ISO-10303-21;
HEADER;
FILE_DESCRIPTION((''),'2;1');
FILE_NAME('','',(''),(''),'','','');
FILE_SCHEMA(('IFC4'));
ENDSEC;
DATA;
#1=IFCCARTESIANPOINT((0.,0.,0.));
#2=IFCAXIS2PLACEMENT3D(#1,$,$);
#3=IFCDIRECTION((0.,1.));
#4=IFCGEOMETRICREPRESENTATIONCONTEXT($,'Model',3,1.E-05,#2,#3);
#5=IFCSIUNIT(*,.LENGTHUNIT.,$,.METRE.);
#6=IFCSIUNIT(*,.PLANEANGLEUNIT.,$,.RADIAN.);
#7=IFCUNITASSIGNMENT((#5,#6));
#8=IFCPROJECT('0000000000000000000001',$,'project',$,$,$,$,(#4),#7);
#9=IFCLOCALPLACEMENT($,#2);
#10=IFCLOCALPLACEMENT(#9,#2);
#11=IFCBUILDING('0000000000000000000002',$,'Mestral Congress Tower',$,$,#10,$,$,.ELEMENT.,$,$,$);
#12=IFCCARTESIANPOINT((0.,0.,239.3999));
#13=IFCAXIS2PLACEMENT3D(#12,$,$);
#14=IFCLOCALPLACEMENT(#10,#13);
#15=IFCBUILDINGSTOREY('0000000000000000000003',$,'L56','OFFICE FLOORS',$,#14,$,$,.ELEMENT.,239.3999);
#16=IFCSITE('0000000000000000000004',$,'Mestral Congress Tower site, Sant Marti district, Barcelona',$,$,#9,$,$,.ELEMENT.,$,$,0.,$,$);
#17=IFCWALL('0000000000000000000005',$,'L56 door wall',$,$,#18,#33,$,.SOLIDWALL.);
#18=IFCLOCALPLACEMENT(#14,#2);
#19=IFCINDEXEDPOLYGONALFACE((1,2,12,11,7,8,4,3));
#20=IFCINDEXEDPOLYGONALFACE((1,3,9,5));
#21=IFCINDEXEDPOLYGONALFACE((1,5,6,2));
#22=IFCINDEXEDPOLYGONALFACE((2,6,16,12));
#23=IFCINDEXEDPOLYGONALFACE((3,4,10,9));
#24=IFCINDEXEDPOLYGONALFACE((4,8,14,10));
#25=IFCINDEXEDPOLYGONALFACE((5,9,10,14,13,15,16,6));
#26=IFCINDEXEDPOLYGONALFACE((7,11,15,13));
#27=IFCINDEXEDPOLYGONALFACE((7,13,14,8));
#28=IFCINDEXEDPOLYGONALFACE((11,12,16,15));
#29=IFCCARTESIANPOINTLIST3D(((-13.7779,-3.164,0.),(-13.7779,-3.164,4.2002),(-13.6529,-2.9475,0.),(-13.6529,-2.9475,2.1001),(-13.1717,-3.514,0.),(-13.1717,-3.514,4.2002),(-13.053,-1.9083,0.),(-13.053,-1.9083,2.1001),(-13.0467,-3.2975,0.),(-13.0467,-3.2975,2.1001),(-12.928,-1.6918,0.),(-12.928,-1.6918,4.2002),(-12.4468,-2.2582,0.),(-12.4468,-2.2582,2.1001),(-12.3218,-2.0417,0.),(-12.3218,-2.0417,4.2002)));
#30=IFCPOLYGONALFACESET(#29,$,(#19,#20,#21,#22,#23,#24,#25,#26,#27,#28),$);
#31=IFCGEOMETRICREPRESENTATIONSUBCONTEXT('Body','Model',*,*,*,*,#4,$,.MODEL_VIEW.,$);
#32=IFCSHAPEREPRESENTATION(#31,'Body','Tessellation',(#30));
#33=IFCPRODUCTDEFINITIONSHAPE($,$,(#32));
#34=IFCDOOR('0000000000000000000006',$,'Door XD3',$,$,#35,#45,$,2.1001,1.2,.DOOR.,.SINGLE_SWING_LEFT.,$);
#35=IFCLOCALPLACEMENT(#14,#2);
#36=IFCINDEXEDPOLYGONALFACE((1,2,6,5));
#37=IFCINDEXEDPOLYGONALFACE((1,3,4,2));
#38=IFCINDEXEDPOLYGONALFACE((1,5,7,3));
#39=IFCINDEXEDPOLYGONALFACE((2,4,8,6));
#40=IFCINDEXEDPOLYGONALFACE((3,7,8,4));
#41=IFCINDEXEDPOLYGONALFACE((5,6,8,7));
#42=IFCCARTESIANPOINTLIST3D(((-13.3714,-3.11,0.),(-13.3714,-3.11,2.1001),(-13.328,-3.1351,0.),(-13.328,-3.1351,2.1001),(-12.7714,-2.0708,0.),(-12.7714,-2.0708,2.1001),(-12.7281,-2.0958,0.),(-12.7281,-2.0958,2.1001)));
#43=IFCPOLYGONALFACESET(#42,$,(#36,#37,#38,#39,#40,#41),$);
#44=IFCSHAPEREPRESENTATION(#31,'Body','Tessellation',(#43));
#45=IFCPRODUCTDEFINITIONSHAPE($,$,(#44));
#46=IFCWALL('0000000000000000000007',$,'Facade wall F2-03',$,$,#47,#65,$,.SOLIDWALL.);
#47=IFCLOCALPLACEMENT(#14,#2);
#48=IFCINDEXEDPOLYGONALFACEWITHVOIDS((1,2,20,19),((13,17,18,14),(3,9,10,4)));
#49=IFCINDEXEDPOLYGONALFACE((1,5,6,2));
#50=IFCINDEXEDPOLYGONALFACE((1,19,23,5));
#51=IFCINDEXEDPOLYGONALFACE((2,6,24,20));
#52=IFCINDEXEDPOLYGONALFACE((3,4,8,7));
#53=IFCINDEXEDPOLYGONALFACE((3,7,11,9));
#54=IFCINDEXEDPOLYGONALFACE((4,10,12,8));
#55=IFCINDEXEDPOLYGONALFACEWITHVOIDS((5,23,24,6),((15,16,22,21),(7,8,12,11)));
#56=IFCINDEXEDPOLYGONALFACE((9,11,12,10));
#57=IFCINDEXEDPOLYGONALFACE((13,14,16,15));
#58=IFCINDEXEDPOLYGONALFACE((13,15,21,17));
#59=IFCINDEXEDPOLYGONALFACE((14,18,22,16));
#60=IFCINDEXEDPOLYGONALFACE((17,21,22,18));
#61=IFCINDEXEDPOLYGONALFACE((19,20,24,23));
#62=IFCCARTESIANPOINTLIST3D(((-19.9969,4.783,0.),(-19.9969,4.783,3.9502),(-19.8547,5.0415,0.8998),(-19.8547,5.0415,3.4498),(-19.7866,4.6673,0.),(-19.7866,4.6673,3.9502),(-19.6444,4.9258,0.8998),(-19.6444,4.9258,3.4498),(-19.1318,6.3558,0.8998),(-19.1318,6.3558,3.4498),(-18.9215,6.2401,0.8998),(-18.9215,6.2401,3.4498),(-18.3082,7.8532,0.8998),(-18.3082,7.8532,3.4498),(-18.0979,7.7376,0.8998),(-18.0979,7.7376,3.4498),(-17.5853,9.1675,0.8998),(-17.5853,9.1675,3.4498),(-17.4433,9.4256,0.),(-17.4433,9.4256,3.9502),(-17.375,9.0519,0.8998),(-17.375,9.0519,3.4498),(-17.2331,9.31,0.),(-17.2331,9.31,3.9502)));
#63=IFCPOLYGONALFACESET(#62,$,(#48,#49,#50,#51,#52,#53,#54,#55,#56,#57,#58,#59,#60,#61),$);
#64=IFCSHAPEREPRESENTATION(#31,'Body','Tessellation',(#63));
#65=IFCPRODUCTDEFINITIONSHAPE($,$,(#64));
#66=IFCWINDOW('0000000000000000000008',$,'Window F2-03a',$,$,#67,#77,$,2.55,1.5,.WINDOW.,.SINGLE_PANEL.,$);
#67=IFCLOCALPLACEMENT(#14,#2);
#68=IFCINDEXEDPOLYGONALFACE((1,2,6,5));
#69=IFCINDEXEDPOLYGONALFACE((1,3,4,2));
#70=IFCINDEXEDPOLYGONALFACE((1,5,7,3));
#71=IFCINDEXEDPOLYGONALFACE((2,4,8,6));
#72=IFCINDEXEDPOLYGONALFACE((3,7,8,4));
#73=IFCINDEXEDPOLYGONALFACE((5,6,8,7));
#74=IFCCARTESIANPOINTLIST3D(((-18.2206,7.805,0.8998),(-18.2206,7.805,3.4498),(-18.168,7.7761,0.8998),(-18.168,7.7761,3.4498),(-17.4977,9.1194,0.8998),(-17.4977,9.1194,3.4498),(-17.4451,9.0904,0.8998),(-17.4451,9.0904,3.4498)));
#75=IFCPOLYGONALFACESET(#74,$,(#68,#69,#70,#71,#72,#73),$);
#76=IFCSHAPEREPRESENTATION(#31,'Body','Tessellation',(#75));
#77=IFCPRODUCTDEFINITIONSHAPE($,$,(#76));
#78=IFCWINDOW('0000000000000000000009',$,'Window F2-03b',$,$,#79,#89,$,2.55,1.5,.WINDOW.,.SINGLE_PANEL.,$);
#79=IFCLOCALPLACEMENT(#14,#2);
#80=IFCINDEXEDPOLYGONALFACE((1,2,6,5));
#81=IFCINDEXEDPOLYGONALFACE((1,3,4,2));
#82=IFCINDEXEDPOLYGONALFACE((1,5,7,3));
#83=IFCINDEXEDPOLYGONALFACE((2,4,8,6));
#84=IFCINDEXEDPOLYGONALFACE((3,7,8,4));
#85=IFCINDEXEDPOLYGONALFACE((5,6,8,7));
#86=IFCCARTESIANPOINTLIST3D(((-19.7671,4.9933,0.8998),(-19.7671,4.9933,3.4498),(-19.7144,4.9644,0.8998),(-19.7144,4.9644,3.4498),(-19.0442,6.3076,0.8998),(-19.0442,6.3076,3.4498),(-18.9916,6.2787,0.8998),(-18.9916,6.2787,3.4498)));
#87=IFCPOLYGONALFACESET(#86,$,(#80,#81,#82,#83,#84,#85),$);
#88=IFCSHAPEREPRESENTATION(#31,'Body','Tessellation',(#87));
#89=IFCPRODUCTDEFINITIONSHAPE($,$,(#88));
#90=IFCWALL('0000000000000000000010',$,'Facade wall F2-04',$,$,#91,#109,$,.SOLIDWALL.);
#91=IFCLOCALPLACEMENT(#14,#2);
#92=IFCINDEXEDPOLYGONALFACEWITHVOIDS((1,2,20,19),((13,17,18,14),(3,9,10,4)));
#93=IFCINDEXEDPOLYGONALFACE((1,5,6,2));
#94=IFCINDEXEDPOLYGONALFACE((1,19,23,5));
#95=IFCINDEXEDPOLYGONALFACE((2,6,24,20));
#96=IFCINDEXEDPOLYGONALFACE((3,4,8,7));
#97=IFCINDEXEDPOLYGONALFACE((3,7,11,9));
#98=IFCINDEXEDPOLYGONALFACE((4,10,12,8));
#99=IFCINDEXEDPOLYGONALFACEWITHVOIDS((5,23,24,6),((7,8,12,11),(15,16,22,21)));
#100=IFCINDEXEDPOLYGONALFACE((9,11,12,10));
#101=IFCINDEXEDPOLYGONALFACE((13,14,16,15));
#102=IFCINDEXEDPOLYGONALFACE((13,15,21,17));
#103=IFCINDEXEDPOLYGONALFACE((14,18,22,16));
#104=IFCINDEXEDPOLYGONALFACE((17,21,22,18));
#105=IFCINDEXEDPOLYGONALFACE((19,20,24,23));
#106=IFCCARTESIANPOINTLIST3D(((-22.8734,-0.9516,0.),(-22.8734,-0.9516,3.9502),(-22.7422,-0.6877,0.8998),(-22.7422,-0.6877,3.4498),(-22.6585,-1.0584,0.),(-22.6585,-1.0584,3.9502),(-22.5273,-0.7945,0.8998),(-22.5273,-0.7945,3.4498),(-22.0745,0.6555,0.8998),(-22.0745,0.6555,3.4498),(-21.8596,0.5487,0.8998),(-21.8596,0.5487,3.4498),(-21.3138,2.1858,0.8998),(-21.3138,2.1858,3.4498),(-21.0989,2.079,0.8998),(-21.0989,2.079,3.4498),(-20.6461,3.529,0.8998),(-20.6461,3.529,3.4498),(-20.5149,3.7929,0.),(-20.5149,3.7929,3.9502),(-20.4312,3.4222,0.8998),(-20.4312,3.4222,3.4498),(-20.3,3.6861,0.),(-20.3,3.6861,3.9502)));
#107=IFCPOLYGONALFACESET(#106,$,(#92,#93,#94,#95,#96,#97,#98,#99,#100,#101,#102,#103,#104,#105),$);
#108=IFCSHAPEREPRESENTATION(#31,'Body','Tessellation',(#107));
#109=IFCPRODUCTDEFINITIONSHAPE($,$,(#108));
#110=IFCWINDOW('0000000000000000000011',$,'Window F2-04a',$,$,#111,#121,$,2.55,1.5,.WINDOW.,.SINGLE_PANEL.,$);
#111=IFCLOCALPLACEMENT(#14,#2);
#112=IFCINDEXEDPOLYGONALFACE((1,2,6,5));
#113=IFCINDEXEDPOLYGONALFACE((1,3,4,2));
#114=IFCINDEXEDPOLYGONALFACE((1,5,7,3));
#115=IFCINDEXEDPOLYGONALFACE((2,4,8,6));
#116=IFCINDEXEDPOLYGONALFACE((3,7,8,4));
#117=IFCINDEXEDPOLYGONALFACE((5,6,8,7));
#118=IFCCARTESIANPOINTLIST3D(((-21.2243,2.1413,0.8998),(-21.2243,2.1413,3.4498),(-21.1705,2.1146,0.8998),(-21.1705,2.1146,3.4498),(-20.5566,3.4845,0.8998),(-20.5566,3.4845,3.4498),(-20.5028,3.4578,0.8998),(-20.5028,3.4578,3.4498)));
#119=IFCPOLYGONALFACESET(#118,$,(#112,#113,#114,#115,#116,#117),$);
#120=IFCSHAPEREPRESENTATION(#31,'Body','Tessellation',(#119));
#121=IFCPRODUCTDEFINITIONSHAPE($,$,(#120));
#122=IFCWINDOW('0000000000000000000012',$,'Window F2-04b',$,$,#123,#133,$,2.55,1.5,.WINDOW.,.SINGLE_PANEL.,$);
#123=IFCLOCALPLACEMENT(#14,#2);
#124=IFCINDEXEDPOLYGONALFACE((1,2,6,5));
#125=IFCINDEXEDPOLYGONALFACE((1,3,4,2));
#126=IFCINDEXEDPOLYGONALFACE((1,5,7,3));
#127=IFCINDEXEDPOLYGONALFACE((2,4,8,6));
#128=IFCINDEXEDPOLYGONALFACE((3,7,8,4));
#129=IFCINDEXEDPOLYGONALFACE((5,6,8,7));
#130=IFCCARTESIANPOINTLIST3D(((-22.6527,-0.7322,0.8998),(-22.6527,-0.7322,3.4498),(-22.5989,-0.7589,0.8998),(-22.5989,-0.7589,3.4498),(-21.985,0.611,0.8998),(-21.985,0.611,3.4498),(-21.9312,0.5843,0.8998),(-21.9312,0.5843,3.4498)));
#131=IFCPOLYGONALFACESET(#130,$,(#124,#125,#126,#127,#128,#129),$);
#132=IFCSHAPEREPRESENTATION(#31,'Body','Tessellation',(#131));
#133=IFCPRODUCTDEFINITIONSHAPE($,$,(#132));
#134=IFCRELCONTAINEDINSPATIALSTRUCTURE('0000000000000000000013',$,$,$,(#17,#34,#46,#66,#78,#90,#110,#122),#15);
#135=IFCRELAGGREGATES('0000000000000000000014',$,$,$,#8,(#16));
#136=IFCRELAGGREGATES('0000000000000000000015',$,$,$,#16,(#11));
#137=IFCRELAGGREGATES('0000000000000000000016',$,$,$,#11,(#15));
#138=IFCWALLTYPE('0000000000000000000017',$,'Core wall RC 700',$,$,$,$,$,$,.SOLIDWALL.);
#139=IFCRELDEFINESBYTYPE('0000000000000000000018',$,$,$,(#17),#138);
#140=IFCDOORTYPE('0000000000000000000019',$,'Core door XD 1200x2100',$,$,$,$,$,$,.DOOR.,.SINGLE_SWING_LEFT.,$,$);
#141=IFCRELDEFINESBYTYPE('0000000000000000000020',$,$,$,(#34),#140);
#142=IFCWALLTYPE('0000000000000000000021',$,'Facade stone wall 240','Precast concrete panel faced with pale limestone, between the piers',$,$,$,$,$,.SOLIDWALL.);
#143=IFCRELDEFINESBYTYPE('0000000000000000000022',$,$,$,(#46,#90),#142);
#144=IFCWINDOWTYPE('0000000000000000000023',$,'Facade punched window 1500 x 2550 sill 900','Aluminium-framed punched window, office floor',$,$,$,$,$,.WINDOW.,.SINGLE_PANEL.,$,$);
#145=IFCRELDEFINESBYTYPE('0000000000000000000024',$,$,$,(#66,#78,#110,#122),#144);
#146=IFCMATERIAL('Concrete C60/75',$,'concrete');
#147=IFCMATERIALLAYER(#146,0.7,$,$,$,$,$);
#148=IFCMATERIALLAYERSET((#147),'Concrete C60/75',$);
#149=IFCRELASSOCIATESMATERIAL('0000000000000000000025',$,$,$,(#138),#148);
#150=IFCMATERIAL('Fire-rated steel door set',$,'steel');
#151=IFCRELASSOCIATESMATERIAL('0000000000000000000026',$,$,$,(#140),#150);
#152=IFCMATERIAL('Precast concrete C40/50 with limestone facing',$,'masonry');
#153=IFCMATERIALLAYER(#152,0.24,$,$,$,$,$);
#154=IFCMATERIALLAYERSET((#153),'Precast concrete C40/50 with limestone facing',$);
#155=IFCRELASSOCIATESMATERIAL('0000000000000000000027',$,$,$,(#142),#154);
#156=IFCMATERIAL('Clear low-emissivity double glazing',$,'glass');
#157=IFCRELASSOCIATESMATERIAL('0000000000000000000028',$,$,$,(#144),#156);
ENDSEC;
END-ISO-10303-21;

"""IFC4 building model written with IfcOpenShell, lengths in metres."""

from ifc_helpers import new_model, si_unit, direction, frame, frame_2d, origin, place, context, subcontext, project, spatial, rectangle, extrude, material, layer, layer_set, type_object, element, fill, save


model = new_model("IFC4")

# Units and contexts
model_context = context("Model", 3, precision=1e-05, world=origin(), true_north=direction((0.0, 1.0)))
body_context = subcontext(model_context, "Body", "Model", "MODEL_VIEW")
ifc_project = project(units=[si_unit("LENGTHUNIT", "METRE"), si_unit("PLANEANGLEUNIT", "RADIAN")], contexts=[model_context])

# Site, building, storey
site_placement = place(None, origin())
site = spatial("IfcSite", under=ifc_project, at=site_placement, Name="Mestral Congress Tower site, Sant Marti district, Barcelona", CompositionType="ELEMENT", RefElevation=0.0)
building_placement = place(site_placement, origin())
building = spatial("IfcBuilding", under=site, at=building_placement, Name="Mestral Congress Tower", CompositionType="ELEMENT")
storey_placement = place(building_placement, frame((0.0, 0.0, 239.3999)))
storey = spatial("IfcBuildingStorey", under=building, at=storey_placement, Name="L56", Description="OFFICE FLOORS", CompositionType="ELEMENT", Elevation=239.3999)

# Shared definitions
ifc_material_1 = material(Name="Concrete C60/75", Category="concrete")

# Shared definitions
ifc_material_2 = material(Name="Fire-rated steel door set", Category="steel")

# Shared definitions
ifc_layer_1 = layer(ifc_material_1, 0.7)
ifc_layer_set_1 = layer_set([ifc_layer_1], Name="Concrete C60/75")
wall_type_1 = type_object("IfcWallType", Name="Core wall RC 700", PredefinedType="SOLIDWALL", material=ifc_layer_set_1)

# Wall, opening, door
wall_1_placement = place(storey_placement, frame((-13.4749, -3.3391, 0.0), z_axis=(0.0, 0.0, 1.0), x_axis=(0.499955, 0.866052, 0.0)))
wall_1 = element("IfcWall", 1, at=wall_1_placement, inside=storey, type_object=wall_type_1, Name="L56 door wall", PredefinedType="SOLIDWALL", context=body_context, shape_type="SweptSolid", body=[
    extrude(rectangle(XDim=1.7, YDim=0.7, at=frame_2d((0.8501, 0.0))), origin(), (0.0, 0.0, 1.0), 4.2002),
])
opening_1_placement = place(wall_1_placement, frame((0.25, 0.0, 0.0)))
opening_1 = element("IfcOpeningElement", 2, at=opening_1_placement, cuts=wall_1, PredefinedType="OPENING", context=body_context, shape_type="SweptSolid", body=[
    extrude(rectangle(XDim=1.2, YDim=2.1001, at=frame_2d((0.6001, 1.05))), frame((0.0, 0.3599, 0.0), z_axis=(0.0, -1.0, 0.0), x_axis=(1.0, 0.0, 0.0)), (0.0, 0.0, 1.0), 0.72),
])
door_type_1 = type_object("IfcDoorType", Name="Core door XD 1200x2100", OperationType="SINGLE_SWING_LEFT", PredefinedType="DOOR", material=ifc_material_2)
door_1_placement = place(opening_1_placement, origin())
door_1 = element("IfcDoor", 3, at=door_1_placement, inside=storey, type_object=door_type_1, Name="Door XD3", OperationType="SINGLE_SWING_LEFT", OverallHeight=2.1001, OverallWidth=1.2, PredefinedType="DOOR", context=body_context, shape_type="SweptSolid", body=[
    extrude(rectangle(XDim=1.2, YDim=2.1001, at=frame_2d((0.6001, 1.05))), frame((0.0, 0.0249, 0.0), z_axis=(0.0, -1.0, 0.0), x_axis=(1.0, 0.0, 0.0)), (0.0, 0.0, 1.0), 0.05),
])
fill(opening_1, door_1)

# Walls, openings, windows
ifc_material_3 = material(Name="Precast concrete C40/50 with limestone facing", Category="masonry")
ifc_layer_2 = layer(ifc_material_3, 0.24)
ifc_layer_set_2 = layer_set([ifc_layer_2], Name="Precast concrete C40/50 with limestone facing")
wall_type_2 = type_object("IfcWallType", Name="Facade stone wall 240", Description="Precast concrete panel faced with pale limestone, between the piers", PredefinedType="SOLIDWALL", material=ifc_layer_set_2)
wall_2_placement = place(storey_placement, frame((-17.3381, 9.3679, 0.0), z_axis=(0.0, 0.0, 1.0), x_axis=(-0.481926, -0.876212, 0.0)))
wall_2 = element("IfcWall", 4, at=wall_2_placement, inside=storey, type_object=wall_type_2, Name="Facade wall F2-03", PredefinedType="SOLIDWALL", context=body_context, shape_type="SweptSolid", body=[
    extrude(rectangle(XDim=5.2986, YDim=0.24, at=frame_2d((2.6494, 0.0))), origin(), (0.0, 0.0, 1.0), 3.9502),
])
opening_2_placement = place(wall_2_placement, frame((0.2947, 0.0, 0.8999)))
opening_2 = element("IfcOpeningElement", 5, at=opening_2_placement, cuts=wall_2, PredefinedType="OPENING", context=body_context, shape_type="SweptSolid", body=[
    extrude(rectangle(XDim=1.5, YDim=2.55, at=frame_2d((0.75, 1.2749))), frame((0.0, 0.1299, 0.0), z_axis=(0.0, -1.0, 0.0), x_axis=(1.0, 0.0, 0.0)), (0.0, 0.0, 1.0), 0.26),
])
opening_3_placement = place(wall_2_placement, frame((3.5037, 0.0, 0.8999)))
opening_3 = element("IfcOpeningElement", 6, at=opening_3_placement, cuts=wall_2, PredefinedType="OPENING", context=body_context, shape_type="SweptSolid", body=[
    extrude(rectangle(XDim=1.5, YDim=2.55, at=frame_2d((0.75, 1.2749))), frame((0.0, 0.1299, 0.0), z_axis=(0.0, -1.0, 0.0), x_axis=(1.0, 0.0, 0.0)), (0.0, 0.0, 1.0), 0.26),
])
ifc_material_4 = material(Name="Clear low-emissivity double glazing", Category="glass")
window_type = type_object("IfcWindowType", Name="Facade punched window 1500 x 2550 sill 900", Description="Aluminium-framed punched window, office floor", PartitioningType="SINGLE_PANEL", PredefinedType="WINDOW", material=ifc_material_4)
window_1_placement = place(opening_2_placement, origin())
window_1 = element("IfcWindow", 7, at=window_1_placement, inside=storey, type_object=window_type, Name="Window F2-03a", OverallHeight=2.55, OverallWidth=1.5, PartitioningType="SINGLE_PANEL", PredefinedType="WINDOW", context=body_context, shape_type="SweptSolid", body=[
    extrude(rectangle(XDim=1.5, YDim=2.55, at=frame_2d((0.75, 1.2749))), frame((0.0, 0.04, 0.0), z_axis=(0.0, -1.0, 0.0), x_axis=(1.0, 0.0, 0.0)), (0.0, 0.0, 1.0), 0.0601),
])
fill(opening_2, window_1)
window_2_placement = place(opening_3_placement, origin())
window_2 = element("IfcWindow", 8, at=window_2_placement, inside=storey, type_object=window_type, Name="Window F2-03b", OverallHeight=2.55, OverallWidth=1.5, PartitioningType="SINGLE_PANEL", PredefinedType="WINDOW", context=body_context, shape_type="SweptSolid", body=[
    extrude(rectangle(XDim=1.5, YDim=2.55, at=frame_2d((0.75, 1.2749))), frame((0.0, 0.04, 0.0), z_axis=(0.0, -1.0, 0.0), x_axis=(1.0, 0.0, 0.0)), (0.0, 0.0, 1.0), 0.0601),
])
fill(opening_3, window_2)
wall_3_placement = place(storey_placement, frame((-20.4075, 3.7395, 0.0), z_axis=(0.0, 0.0, 1.0), x_axis=(-0.44513, -0.895466, 0.0)))
wall_3 = element("IfcWall", 9, at=wall_3_placement, inside=storey, type_object=wall_type_2, Name="Facade wall F2-04", PredefinedType="SOLIDWALL", context=body_context, shape_type="SweptSolid", body=[
    extrude(rectangle(XDim=5.2983, YDim=0.24, at=frame_2d((2.6492, 0.0))), origin(), (0.0, 0.0, 1.0), 3.9502),
])
opening_4_placement = place(wall_3_placement, frame((0.2947, 0.0, 0.8999)))
opening_4 = element("IfcOpeningElement", 10, at=opening_4_placement, cuts=wall_3, PredefinedType="OPENING", context=body_context, shape_type="SweptSolid", body=[
    extrude(rectangle(XDim=1.5, YDim=2.55, at=frame_2d((0.75, 1.2749))), frame((0.0, 0.1299, 0.0), z_axis=(0.0, -1.0, 0.0), x_axis=(1.0, 0.0, 0.0)), (0.0, 0.0, 1.0), 0.26),
])
opening_5_placement = place(wall_3_placement, frame((3.5037, 0.0, 0.8999)))
opening_5 = element("IfcOpeningElement", 11, at=opening_5_placement, cuts=wall_3, PredefinedType="OPENING", context=body_context, shape_type="SweptSolid", body=[
    extrude(rectangle(XDim=1.5, YDim=2.55, at=frame_2d((0.75, 1.2749))), frame((0.0, 0.1299, 0.0), z_axis=(0.0, -1.0, 0.0), x_axis=(1.0, 0.0, 0.0)), (0.0, 0.0, 1.0), 0.26),
])
window_3_placement = place(opening_4_placement, origin())
window_3 = element("IfcWindow", 12, at=window_3_placement, inside=storey, type_object=window_type, Name="Window F2-04a", OverallHeight=2.55, OverallWidth=1.5, PartitioningType="SINGLE_PANEL", PredefinedType="WINDOW", context=body_context, shape_type="SweptSolid", body=[
    extrude(rectangle(XDim=1.5, YDim=2.55, at=frame_2d((0.75, 1.2749))), frame((0.0, 0.04, 0.0), z_axis=(0.0, -1.0, 0.0), x_axis=(1.0, 0.0, 0.0)), (0.0, 0.0, 1.0), 0.0601),
])
fill(opening_4, window_3)
window_4_placement = place(opening_5_placement, origin())
window_4 = element("IfcWindow", 13, at=window_4_placement, inside=storey, type_object=window_type, Name="Window F2-04b", OverallHeight=2.55, OverallWidth=1.5, PartitioningType="SINGLE_PANEL", PredefinedType="WINDOW", context=body_context, shape_type="SweptSolid", body=[
    extrude(rectangle(XDim=1.5, YDim=2.55, at=frame_2d((0.75, 1.2749))), frame((0.0, 0.04, 0.0), z_axis=(0.0, -1.0, 0.0), x_axis=(1.0, 0.0, 0.0)), (0.0, 0.0, 1.0), 0.0601),
])
fill(opening_5, window_4)

save(model, "model.ifc")
